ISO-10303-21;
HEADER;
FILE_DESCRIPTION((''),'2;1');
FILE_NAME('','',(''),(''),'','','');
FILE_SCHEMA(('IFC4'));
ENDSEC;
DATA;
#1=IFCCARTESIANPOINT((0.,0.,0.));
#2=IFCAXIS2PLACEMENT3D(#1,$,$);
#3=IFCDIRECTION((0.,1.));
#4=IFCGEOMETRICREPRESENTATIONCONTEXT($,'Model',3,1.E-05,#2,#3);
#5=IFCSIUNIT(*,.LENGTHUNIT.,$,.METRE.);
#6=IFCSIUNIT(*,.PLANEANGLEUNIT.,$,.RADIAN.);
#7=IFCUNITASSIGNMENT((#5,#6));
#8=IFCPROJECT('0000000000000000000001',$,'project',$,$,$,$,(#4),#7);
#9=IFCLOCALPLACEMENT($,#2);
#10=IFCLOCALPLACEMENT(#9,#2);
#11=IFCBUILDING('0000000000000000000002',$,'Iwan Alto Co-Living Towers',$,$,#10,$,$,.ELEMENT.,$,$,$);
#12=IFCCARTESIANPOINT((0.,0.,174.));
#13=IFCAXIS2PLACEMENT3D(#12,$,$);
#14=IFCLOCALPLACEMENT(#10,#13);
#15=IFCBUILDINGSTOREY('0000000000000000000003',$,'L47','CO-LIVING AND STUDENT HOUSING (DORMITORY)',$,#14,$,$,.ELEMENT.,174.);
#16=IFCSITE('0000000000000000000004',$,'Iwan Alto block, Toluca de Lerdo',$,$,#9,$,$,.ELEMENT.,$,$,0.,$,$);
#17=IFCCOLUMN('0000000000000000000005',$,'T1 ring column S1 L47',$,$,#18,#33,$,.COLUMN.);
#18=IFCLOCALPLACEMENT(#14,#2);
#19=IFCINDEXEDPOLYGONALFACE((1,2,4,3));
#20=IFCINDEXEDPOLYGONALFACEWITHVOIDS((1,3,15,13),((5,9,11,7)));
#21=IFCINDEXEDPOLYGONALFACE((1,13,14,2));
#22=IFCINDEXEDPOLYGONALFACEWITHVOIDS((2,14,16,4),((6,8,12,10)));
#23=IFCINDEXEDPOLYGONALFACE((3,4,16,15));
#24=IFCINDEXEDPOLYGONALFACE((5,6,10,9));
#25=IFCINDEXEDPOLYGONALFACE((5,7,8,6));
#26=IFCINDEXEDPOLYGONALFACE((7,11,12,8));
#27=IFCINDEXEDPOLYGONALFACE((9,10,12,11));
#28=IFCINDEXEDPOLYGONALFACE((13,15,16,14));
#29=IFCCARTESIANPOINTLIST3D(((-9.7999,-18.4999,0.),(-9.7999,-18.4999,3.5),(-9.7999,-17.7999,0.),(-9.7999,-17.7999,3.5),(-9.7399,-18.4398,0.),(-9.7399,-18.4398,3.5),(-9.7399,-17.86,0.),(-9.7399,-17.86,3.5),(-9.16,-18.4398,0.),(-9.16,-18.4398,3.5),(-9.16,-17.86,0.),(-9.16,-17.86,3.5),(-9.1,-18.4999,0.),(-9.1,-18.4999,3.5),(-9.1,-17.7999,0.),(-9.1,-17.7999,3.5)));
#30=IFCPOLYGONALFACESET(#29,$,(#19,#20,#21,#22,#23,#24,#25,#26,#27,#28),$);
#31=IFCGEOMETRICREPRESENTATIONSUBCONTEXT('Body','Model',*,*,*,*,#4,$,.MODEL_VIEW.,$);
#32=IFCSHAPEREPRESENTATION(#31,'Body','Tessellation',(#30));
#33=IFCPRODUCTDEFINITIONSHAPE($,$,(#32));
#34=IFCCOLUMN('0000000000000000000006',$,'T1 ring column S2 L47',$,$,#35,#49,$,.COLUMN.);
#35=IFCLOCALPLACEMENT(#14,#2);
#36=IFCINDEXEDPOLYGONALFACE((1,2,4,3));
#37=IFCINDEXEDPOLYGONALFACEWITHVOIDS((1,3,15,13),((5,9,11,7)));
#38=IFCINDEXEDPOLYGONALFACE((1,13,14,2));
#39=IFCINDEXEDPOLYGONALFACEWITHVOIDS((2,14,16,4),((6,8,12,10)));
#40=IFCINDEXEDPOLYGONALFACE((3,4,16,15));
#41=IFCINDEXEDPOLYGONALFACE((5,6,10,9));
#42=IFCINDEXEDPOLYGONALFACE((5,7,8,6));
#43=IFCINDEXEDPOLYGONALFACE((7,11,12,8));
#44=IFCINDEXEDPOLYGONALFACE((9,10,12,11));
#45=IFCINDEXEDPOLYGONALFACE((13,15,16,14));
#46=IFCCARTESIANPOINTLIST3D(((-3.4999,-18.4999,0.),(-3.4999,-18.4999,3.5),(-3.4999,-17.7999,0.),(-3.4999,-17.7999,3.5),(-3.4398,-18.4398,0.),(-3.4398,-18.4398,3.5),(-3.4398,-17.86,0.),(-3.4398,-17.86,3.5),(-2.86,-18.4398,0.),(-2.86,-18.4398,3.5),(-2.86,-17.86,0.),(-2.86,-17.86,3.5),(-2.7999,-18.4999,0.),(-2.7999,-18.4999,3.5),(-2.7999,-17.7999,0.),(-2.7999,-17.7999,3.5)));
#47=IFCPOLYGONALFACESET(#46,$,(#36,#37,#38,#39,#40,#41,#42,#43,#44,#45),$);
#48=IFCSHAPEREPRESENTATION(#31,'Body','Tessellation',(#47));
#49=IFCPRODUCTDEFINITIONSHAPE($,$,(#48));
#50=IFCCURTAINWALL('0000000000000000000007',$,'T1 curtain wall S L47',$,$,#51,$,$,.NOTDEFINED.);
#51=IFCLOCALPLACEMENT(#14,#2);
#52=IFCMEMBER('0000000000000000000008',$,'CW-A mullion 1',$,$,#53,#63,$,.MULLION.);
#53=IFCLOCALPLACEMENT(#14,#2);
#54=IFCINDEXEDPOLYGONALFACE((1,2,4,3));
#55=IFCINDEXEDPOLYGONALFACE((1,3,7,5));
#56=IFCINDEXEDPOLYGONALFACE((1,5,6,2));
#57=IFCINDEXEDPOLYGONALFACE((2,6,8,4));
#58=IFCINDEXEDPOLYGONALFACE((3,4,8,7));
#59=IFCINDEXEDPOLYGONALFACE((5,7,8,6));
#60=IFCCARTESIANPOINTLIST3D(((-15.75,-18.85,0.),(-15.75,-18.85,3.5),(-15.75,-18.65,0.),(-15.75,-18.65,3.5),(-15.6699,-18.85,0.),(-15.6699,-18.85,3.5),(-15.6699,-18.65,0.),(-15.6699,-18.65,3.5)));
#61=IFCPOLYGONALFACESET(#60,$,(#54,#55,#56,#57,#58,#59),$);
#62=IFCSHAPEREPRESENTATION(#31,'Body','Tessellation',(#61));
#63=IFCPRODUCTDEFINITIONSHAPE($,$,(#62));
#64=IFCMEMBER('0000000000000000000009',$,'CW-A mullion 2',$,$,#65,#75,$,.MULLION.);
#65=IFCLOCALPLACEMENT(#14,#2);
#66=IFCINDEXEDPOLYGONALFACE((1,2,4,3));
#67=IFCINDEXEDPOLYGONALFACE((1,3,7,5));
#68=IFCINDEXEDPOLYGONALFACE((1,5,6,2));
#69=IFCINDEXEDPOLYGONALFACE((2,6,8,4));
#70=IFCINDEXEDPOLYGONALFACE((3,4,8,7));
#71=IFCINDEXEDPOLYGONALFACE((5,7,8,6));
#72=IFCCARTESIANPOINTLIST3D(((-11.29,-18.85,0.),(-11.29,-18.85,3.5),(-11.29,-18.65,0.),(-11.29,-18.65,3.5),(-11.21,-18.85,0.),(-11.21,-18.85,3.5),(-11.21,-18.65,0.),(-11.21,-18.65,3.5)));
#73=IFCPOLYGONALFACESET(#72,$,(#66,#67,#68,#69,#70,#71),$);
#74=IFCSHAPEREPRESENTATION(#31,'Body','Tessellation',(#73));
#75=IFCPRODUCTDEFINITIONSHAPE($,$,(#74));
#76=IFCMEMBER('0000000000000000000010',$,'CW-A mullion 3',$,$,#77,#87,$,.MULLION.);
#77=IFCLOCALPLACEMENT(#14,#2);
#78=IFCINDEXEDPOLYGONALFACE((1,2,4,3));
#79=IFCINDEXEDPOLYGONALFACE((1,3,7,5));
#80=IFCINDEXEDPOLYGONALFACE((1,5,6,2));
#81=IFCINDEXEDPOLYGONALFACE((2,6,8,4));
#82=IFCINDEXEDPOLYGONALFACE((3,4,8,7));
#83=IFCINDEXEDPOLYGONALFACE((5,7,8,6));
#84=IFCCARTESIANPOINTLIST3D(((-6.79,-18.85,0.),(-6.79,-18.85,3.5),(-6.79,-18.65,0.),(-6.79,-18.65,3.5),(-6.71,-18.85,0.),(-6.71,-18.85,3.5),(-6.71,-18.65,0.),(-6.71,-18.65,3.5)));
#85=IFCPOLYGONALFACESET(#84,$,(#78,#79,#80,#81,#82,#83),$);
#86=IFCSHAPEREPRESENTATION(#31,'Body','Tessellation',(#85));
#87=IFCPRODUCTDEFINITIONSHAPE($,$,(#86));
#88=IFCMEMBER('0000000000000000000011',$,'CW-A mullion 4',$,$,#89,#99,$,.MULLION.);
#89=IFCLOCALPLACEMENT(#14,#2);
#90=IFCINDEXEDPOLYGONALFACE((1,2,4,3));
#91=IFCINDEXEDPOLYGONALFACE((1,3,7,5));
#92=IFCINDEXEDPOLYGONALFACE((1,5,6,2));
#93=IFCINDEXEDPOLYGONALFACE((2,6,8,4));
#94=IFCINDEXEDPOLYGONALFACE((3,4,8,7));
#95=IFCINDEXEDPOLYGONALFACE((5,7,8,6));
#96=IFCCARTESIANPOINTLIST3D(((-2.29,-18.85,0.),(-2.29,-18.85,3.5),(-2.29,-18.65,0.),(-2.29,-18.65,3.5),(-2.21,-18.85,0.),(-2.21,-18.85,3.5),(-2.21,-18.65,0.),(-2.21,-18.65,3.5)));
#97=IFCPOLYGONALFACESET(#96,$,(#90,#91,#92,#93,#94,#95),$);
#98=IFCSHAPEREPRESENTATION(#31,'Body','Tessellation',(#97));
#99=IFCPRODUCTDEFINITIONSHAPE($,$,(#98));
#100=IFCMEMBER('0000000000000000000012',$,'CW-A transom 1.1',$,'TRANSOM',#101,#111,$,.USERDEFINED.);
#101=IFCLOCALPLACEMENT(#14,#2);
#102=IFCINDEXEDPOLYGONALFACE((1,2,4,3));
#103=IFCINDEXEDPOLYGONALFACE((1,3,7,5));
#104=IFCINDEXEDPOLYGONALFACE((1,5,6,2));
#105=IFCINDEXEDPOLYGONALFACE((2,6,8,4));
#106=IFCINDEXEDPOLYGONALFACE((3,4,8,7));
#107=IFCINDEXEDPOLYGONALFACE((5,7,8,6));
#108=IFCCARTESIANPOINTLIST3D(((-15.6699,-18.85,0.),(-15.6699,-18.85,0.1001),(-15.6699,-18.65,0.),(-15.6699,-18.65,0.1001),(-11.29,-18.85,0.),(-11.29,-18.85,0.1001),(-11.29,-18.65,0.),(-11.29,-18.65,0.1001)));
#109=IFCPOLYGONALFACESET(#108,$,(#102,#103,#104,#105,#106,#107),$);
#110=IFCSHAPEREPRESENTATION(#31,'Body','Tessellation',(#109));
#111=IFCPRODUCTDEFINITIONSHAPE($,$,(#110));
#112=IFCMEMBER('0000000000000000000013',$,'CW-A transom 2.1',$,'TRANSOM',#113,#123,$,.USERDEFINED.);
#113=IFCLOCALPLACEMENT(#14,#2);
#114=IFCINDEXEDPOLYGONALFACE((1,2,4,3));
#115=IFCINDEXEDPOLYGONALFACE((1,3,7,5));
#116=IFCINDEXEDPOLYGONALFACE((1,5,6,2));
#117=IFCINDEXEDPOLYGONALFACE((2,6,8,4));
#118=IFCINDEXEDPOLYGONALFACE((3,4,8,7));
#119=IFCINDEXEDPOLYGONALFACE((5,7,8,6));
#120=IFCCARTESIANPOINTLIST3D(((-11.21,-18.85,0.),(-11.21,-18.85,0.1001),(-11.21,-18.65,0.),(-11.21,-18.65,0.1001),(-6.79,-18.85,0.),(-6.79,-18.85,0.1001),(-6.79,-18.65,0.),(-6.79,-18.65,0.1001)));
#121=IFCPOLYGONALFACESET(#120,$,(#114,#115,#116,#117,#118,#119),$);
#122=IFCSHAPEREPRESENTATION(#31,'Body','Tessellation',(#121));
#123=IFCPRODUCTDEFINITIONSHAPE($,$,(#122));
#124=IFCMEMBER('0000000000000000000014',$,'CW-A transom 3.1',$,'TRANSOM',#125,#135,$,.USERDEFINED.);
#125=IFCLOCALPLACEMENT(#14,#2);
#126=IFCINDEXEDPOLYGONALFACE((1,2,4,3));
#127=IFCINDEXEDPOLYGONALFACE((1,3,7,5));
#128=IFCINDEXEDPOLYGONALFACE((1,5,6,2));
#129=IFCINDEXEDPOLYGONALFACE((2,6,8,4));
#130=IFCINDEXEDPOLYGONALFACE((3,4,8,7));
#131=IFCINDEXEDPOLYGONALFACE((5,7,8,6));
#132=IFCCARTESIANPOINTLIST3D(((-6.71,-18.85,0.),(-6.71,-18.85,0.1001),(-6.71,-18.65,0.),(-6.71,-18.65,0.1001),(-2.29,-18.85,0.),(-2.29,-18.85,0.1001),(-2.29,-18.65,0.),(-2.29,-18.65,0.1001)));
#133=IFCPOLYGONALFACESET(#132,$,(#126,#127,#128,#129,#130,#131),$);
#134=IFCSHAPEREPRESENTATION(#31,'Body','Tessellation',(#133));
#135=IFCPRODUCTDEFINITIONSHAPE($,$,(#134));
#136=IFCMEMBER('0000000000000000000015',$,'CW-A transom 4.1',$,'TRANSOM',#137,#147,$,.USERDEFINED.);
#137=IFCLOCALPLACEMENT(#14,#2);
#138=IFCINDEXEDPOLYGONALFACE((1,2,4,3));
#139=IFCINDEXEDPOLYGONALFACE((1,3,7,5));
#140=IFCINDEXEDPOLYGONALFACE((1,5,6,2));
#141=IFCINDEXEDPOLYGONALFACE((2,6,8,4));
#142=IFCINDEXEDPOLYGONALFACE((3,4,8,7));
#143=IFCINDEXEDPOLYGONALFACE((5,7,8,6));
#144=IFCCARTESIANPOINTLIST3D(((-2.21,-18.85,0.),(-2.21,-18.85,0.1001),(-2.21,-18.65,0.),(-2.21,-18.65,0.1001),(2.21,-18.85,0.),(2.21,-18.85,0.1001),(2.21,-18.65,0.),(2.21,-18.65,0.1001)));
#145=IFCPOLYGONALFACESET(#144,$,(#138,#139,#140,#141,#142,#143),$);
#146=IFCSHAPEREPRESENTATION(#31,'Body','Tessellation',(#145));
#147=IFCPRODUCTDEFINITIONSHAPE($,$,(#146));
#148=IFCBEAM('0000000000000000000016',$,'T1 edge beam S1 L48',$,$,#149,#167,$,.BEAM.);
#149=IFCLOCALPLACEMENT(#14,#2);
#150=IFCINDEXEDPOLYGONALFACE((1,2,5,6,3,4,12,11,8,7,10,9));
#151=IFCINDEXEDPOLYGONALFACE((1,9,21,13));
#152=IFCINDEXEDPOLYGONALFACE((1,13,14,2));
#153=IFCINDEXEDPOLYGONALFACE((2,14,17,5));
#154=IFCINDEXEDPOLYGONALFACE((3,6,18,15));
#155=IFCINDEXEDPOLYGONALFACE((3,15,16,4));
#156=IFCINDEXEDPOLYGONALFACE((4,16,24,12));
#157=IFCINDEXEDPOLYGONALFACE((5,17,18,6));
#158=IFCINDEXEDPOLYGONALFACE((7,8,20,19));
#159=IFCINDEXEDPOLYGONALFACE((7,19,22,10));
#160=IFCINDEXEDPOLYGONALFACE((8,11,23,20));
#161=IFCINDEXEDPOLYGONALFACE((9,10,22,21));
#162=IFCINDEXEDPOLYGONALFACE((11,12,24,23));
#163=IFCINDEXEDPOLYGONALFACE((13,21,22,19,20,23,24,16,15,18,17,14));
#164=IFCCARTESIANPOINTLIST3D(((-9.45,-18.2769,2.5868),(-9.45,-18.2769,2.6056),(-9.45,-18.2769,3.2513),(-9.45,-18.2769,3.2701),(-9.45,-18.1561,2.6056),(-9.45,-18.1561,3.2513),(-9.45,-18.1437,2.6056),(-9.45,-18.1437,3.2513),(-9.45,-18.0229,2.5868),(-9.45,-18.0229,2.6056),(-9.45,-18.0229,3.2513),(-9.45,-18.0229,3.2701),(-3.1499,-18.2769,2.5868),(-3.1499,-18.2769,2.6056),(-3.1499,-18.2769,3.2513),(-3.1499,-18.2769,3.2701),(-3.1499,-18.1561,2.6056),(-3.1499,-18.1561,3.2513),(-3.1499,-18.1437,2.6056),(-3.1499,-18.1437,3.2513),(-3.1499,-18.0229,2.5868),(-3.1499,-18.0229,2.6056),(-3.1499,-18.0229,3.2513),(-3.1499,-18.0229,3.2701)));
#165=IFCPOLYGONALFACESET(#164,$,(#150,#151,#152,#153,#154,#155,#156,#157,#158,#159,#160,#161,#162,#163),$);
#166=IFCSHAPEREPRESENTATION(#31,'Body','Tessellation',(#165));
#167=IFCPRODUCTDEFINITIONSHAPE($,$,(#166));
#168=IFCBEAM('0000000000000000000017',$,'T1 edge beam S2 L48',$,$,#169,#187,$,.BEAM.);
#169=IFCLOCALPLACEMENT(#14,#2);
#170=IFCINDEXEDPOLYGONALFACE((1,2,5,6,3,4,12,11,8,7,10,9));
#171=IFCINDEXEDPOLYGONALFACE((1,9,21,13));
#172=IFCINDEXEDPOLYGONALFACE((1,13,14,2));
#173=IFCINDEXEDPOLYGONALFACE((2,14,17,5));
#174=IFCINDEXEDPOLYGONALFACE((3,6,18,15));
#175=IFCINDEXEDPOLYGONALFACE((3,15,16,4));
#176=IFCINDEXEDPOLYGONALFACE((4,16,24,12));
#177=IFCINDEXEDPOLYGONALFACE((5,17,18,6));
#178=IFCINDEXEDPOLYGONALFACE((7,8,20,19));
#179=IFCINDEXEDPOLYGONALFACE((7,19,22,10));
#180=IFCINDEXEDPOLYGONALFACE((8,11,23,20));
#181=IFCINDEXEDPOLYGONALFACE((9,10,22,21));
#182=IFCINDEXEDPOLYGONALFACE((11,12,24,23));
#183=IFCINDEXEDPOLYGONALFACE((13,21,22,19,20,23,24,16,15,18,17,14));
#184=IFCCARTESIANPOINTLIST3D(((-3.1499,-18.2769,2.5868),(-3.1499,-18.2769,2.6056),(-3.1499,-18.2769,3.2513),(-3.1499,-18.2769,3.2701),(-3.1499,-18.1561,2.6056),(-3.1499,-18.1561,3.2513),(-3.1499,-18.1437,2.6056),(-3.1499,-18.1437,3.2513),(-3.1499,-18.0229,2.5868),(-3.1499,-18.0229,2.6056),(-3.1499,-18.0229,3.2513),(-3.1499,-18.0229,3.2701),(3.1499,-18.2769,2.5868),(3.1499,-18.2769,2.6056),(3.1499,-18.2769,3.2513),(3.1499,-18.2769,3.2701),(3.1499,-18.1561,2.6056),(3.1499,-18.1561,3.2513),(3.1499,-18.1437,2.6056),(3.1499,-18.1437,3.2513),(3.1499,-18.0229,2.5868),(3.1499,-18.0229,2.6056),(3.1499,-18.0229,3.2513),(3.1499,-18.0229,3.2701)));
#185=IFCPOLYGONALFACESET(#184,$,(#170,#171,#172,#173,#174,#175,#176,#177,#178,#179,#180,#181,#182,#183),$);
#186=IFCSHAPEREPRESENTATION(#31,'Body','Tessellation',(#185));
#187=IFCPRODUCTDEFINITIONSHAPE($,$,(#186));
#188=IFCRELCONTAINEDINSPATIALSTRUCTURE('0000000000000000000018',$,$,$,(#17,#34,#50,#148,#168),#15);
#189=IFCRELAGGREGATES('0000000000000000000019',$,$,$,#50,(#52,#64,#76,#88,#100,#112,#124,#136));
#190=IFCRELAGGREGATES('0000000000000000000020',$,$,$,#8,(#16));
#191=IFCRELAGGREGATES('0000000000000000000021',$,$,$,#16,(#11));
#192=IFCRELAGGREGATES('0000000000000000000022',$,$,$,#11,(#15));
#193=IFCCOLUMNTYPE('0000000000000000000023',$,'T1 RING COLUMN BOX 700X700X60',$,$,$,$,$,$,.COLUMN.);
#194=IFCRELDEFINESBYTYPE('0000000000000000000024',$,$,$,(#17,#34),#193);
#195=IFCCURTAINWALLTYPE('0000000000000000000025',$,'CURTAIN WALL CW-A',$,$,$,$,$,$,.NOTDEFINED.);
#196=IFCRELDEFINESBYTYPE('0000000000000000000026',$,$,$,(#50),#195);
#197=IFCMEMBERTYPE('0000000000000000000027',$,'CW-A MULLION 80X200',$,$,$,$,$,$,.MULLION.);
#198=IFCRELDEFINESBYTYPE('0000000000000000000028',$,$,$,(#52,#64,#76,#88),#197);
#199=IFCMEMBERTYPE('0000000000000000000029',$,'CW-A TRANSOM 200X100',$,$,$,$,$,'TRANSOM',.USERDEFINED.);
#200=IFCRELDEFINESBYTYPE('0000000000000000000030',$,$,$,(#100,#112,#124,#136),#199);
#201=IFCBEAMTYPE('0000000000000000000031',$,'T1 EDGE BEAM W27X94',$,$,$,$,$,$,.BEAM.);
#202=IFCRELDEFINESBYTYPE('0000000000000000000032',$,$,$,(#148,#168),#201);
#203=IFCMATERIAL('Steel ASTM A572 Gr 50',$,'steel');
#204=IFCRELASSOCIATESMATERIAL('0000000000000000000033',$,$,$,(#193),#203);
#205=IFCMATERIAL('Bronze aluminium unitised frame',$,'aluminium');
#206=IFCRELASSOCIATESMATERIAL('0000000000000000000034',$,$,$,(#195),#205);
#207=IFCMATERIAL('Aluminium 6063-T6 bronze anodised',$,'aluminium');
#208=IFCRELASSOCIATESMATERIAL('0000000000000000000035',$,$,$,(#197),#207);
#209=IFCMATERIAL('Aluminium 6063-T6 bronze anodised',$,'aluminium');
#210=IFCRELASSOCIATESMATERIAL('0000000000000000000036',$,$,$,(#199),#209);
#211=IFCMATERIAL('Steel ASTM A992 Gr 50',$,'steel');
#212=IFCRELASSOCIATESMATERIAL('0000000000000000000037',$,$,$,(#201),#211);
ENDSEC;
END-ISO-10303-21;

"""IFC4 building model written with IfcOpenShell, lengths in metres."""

from ifc_helpers import new_model, si_unit, direction, frame, origin, origin_2d, place, context, subcontext, project, spatial, rectangle, hollow_rectangle, i_section, extrude, material, material_profile, profile_set, type_object, element, aggregate, save


model = new_model("IFC4")

# Units and contexts
model_context = context("Model", 3, precision=1e-05, world=origin(), true_north=direction((0.0, 1.0)))
body_context = subcontext(model_context, "Body", "Model", "MODEL_VIEW")
ifc_project = project(units=[si_unit("LENGTHUNIT", "METRE"), si_unit("PLANEANGLEUNIT", "RADIAN")], contexts=[model_context])

# Site, building, storey
site_placement = place(None, origin())
site = spatial("IfcSite", under=ifc_project, at=site_placement, Name="Iwan Alto block, Toluca de Lerdo", CompositionType="ELEMENT", RefElevation=0.0)
building_placement = place(site_placement, origin())
building = spatial("IfcBuilding", under=site, at=building_placement, Name="Iwan Alto Co-Living Towers", CompositionType="ELEMENT")
storey_placement = place(building_placement, frame((0.0, 0.0, 174.0)))
storey = spatial("IfcBuildingStorey", under=building, at=storey_placement, Name="L47", Description="CO-LIVING AND STUDENT HOUSING (DORMITORY)", CompositionType="ELEMENT", Elevation=174.0)

# Columns
ifc_material_1 = material(Name="Steel ASTM A572 Gr 50", Category="steel")
ifc_material_profile_1 = material_profile(ifc_material_1, hollow_rectangle(XDim=0.7, YDim=0.7, WallThickness=0.0601, at=origin_2d()), Name="BOX 700X700X60")
ifc_profile_set_1 = profile_set([ifc_material_profile_1], Name="Steel ASTM A572 Gr 50")
column_type = type_object("IfcColumnType", Name="T1 RING COLUMN BOX 700X700X60", PredefinedType="COLUMN", material=ifc_profile_set_1)
for number, where, z_axis, x_axis, name in (
    (1, (-9.45, -18.1499, 0.0), (0.0, 0.0, 1.0), (1.0, 0.0, 0.0), "T1 ring column S1 L47"),
    (2, (-3.1499, -18.1499, 0.0), (0.0, 0.0, 1.0), (1.0, 0.0, 0.0), "T1 ring column S2 L47"),
):
    element("IfcColumn", number, at=place(storey_placement, frame(where, z_axis=z_axis, x_axis=x_axis)), inside=storey, type_object=column_type, Name=name, PredefinedType="COLUMN", context=body_context, shape_type="SweptSolid", body=[
        extrude(hollow_rectangle(XDim=0.7, YDim=0.7, WallThickness=0.0601, at=origin_2d()), origin(), (0.0, 0.0, 1.0), 3.5),
    ])

# Curtain wall, members
ifc_material_2 = material(Name="Bronze aluminium unitised frame", Category="aluminium")
curtain_wall_type = type_object("IfcCurtainWallType", Name="CURTAIN WALL CW-A", PredefinedType="NOTDEFINED", material=ifc_material_2)
curtain_wall_placement = place(storey_placement, origin())
curtain_wall = element("IfcCurtainWall", 3, at=curtain_wall_placement, inside=storey, type_object=curtain_wall_type, Name="T1 curtain wall S L47", PredefinedType="NOTDEFINED")
ifc_material_3 = material(Name="Aluminium 6063-T6 bronze anodised", Category="aluminium")
ifc_material_profile_2 = material_profile(ifc_material_3, rectangle(XDim=0.2, YDim=0.0801, at=origin_2d()), Name="AL 80X200")
ifc_profile_set_2 = profile_set([ifc_material_profile_2], Name="Aluminium 6063-T6 bronze anodised")
member_type_1 = type_object("IfcMemberType", Name="CW-A MULLION 80X200", PredefinedType="MULLION", material=ifc_profile_set_2)
member_1_placement = place(storey_placement, frame((-15.71, -18.75, 0.0), z_axis=(0.0, 0.0, 1.0), x_axis=(0.0, 1.0, 0.0)))
member_1 = element("IfcMember", 4, at=member_1_placement, type_object=member_type_1, Name="CW-A mullion 1", PredefinedType="MULLION", context=body_context, shape_type="SweptSolid", body=[
    extrude(rectangle(XDim=0.2, YDim=0.0801, at=origin_2d()), origin(), (0.0, 0.0, 1.0), 3.5),
])
member_2_placement = place(storey_placement, frame((-11.25, -18.75, 0.0), z_axis=(0.0, 0.0, 1.0), x_axis=(0.0, 1.0, 0.0)))
member_2 = element("IfcMember", 5, at=member_2_placement, type_object=member_type_1, Name="CW-A mullion 2", PredefinedType="MULLION", context=body_context, shape_type="SweptSolid", body=[
    extrude(rectangle(XDim=0.2, YDim=0.0801, at=origin_2d()), origin(), (0.0, 0.0, 1.0), 3.5),
])
member_3_placement = place(storey_placement, frame((-6.75, -18.75, 0.0), z_axis=(0.0, 0.0, 1.0), x_axis=(0.0, 1.0, 0.0)))
member_3 = element("IfcMember", 6, at=member_3_placement, type_object=member_type_1, Name="CW-A mullion 3", PredefinedType="MULLION", context=body_context, shape_type="SweptSolid", body=[
    extrude(rectangle(XDim=0.2, YDim=0.0801, at=origin_2d()), origin(), (0.0, 0.0, 1.0), 3.5),
])
member_4_placement = place(storey_placement, frame((-2.25, -18.75, 0.0), z_axis=(0.0, 0.0, 1.0), x_axis=(0.0, 1.0, 0.0)))
member_4 = element("IfcMember", 7, at=member_4_placement, type_object=member_type_1, Name="CW-A mullion 4", PredefinedType="MULLION", context=body_context, shape_type="SweptSolid", body=[
    extrude(rectangle(XDim=0.2, YDim=0.0801, at=origin_2d()), origin(), (0.0, 0.0, 1.0), 3.5),
])
ifc_material_4 = material(Name="Aluminium 6063-T6 bronze anodised", Category="aluminium")
ifc_material_profile_3 = material_profile(ifc_material_4, rectangle(XDim=0.2, YDim=0.1001, at=origin_2d()), Name="AL 200X100")
ifc_profile_set_3 = profile_set([ifc_material_profile_3], Name="Aluminium 6063-T6 bronze anodised")
member_type_2 = type_object("IfcMemberType", Name="CW-A TRANSOM 200X100", ElementType="TRANSOM", PredefinedType="USERDEFINED", material=ifc_profile_set_3)
member_5_placement = place(storey_placement, frame((-15.6699, -18.75, 0.05), z_axis=(1.0, 0.0, 0.0), x_axis=(0.0, 1.0, 0.0)))
member_5 = element("IfcMember", 8, at=member_5_placement, type_object=member_type_2, Name="CW-A transom 1.1", ObjectType="TRANSOM", PredefinedType="USERDEFINED", context=body_context, shape_type="SweptSolid", body=[
    extrude(rectangle(XDim=0.2, YDim=0.1001, at=origin_2d()), origin(), (0.0, 0.0, 1.0), 4.3799),
])
member_6_placement = place(storey_placement, frame((-11.21, -18.75, 0.05), z_axis=(1.0, 0.0, 0.0), x_axis=(0.0, 1.0, 0.0)))
member_6 = element("IfcMember", 9, at=member_6_placement, type_object=member_type_2, Name="CW-A transom 2.1", ObjectType="TRANSOM", PredefinedType="USERDEFINED", context=body_context, shape_type="SweptSolid", body=[
    extrude(rectangle(XDim=0.2, YDim=0.1001, at=origin_2d()), origin(), (0.0, 0.0, 1.0), 4.4199),
])
member_7_placement = place(storey_placement, frame((-6.71, -18.75, 0.05), z_axis=(1.0, 0.0, 0.0), x_axis=(0.0, 1.0, 0.0)))
member_7 = element("IfcMember", 10, at=member_7_placement, type_object=member_type_2, Name="CW-A transom 3.1", ObjectType="TRANSOM", PredefinedType="USERDEFINED", context=body_context, shape_type="SweptSolid", body=[
    extrude(rectangle(XDim=0.2, YDim=0.1001, at=origin_2d()), origin(), (0.0, 0.0, 1.0), 4.4199),
])
member_8_placement = place(storey_placement, frame((-2.21, -18.75, 0.05), z_axis=(1.0, 0.0, 0.0), x_axis=(0.0, 1.0, 0.0)))
member_8 = element("IfcMember", 11, at=member_8_placement, type_object=member_type_2, Name="CW-A transom 4.1", ObjectType="TRANSOM", PredefinedType="USERDEFINED", context=body_context, shape_type="SweptSolid", body=[
    extrude(rectangle(XDim=0.2, YDim=0.1001, at=origin_2d()), origin(), (0.0, 0.0, 1.0), 4.4199),
])

# Beams
ifc_material_5 = material(Name="Steel ASTM A992 Gr 50", Category="steel")
ifc_material_profile_4 = material_profile(ifc_material_5, i_section(OverallWidth=0.2539, OverallDepth=0.6833, WebThickness=0.0125, FlangeThickness=0.0188, at=origin_2d()), Name="W27X94")
ifc_profile_set_4 = profile_set([ifc_material_profile_4], Name="Steel ASTM A992 Gr 50")
beam_type_1 = type_object("IfcBeamType", Name="T1 EDGE BEAM W27X94", PredefinedType="BEAM", material=ifc_profile_set_4)
beam_1_placement = place(storey_placement, frame((-9.45, -18.1499, 2.9285), z_axis=(1.0, 0.0, 0.0), x_axis=(0.0, 1.0, 0.0)))
element("IfcBeam", 12, at=beam_1_placement, inside=storey, type_object=beam_type_1, Name="T1 edge beam S1 L48", PredefinedType="BEAM", context=body_context, shape_type="SweptSolid", body=[
    extrude(i_section(OverallWidth=0.2539, OverallDepth=0.6833, WebThickness=0.0125, FlangeThickness=0.0188, at=origin_2d()), origin(), (0.0, 0.0, 1.0), 6.3),
])
beam_2_placement = place(storey_placement, frame((-3.1499, -18.1499, 2.9285), z_axis=(1.0, 0.0, 0.0), x_axis=(0.0, 1.0, 0.0)))
element("IfcBeam", 13, at=beam_2_placement, inside=storey, type_object=beam_type_1, Name="T1 edge beam S2 L48", PredefinedType="BEAM", context=body_context, shape_type="SweptSolid", body=[
    extrude(i_section(OverallWidth=0.2539, OverallDepth=0.6833, WebThickness=0.0125, FlangeThickness=0.0188, at=origin_2d()), origin(), (0.0, 0.0, 1.0), 6.2998),
])

aggregate(curtain_wall, [member_1, member_2, member_3, member_4, member_5, member_6, member_7, member_8])

save(model, "model.ifc")
